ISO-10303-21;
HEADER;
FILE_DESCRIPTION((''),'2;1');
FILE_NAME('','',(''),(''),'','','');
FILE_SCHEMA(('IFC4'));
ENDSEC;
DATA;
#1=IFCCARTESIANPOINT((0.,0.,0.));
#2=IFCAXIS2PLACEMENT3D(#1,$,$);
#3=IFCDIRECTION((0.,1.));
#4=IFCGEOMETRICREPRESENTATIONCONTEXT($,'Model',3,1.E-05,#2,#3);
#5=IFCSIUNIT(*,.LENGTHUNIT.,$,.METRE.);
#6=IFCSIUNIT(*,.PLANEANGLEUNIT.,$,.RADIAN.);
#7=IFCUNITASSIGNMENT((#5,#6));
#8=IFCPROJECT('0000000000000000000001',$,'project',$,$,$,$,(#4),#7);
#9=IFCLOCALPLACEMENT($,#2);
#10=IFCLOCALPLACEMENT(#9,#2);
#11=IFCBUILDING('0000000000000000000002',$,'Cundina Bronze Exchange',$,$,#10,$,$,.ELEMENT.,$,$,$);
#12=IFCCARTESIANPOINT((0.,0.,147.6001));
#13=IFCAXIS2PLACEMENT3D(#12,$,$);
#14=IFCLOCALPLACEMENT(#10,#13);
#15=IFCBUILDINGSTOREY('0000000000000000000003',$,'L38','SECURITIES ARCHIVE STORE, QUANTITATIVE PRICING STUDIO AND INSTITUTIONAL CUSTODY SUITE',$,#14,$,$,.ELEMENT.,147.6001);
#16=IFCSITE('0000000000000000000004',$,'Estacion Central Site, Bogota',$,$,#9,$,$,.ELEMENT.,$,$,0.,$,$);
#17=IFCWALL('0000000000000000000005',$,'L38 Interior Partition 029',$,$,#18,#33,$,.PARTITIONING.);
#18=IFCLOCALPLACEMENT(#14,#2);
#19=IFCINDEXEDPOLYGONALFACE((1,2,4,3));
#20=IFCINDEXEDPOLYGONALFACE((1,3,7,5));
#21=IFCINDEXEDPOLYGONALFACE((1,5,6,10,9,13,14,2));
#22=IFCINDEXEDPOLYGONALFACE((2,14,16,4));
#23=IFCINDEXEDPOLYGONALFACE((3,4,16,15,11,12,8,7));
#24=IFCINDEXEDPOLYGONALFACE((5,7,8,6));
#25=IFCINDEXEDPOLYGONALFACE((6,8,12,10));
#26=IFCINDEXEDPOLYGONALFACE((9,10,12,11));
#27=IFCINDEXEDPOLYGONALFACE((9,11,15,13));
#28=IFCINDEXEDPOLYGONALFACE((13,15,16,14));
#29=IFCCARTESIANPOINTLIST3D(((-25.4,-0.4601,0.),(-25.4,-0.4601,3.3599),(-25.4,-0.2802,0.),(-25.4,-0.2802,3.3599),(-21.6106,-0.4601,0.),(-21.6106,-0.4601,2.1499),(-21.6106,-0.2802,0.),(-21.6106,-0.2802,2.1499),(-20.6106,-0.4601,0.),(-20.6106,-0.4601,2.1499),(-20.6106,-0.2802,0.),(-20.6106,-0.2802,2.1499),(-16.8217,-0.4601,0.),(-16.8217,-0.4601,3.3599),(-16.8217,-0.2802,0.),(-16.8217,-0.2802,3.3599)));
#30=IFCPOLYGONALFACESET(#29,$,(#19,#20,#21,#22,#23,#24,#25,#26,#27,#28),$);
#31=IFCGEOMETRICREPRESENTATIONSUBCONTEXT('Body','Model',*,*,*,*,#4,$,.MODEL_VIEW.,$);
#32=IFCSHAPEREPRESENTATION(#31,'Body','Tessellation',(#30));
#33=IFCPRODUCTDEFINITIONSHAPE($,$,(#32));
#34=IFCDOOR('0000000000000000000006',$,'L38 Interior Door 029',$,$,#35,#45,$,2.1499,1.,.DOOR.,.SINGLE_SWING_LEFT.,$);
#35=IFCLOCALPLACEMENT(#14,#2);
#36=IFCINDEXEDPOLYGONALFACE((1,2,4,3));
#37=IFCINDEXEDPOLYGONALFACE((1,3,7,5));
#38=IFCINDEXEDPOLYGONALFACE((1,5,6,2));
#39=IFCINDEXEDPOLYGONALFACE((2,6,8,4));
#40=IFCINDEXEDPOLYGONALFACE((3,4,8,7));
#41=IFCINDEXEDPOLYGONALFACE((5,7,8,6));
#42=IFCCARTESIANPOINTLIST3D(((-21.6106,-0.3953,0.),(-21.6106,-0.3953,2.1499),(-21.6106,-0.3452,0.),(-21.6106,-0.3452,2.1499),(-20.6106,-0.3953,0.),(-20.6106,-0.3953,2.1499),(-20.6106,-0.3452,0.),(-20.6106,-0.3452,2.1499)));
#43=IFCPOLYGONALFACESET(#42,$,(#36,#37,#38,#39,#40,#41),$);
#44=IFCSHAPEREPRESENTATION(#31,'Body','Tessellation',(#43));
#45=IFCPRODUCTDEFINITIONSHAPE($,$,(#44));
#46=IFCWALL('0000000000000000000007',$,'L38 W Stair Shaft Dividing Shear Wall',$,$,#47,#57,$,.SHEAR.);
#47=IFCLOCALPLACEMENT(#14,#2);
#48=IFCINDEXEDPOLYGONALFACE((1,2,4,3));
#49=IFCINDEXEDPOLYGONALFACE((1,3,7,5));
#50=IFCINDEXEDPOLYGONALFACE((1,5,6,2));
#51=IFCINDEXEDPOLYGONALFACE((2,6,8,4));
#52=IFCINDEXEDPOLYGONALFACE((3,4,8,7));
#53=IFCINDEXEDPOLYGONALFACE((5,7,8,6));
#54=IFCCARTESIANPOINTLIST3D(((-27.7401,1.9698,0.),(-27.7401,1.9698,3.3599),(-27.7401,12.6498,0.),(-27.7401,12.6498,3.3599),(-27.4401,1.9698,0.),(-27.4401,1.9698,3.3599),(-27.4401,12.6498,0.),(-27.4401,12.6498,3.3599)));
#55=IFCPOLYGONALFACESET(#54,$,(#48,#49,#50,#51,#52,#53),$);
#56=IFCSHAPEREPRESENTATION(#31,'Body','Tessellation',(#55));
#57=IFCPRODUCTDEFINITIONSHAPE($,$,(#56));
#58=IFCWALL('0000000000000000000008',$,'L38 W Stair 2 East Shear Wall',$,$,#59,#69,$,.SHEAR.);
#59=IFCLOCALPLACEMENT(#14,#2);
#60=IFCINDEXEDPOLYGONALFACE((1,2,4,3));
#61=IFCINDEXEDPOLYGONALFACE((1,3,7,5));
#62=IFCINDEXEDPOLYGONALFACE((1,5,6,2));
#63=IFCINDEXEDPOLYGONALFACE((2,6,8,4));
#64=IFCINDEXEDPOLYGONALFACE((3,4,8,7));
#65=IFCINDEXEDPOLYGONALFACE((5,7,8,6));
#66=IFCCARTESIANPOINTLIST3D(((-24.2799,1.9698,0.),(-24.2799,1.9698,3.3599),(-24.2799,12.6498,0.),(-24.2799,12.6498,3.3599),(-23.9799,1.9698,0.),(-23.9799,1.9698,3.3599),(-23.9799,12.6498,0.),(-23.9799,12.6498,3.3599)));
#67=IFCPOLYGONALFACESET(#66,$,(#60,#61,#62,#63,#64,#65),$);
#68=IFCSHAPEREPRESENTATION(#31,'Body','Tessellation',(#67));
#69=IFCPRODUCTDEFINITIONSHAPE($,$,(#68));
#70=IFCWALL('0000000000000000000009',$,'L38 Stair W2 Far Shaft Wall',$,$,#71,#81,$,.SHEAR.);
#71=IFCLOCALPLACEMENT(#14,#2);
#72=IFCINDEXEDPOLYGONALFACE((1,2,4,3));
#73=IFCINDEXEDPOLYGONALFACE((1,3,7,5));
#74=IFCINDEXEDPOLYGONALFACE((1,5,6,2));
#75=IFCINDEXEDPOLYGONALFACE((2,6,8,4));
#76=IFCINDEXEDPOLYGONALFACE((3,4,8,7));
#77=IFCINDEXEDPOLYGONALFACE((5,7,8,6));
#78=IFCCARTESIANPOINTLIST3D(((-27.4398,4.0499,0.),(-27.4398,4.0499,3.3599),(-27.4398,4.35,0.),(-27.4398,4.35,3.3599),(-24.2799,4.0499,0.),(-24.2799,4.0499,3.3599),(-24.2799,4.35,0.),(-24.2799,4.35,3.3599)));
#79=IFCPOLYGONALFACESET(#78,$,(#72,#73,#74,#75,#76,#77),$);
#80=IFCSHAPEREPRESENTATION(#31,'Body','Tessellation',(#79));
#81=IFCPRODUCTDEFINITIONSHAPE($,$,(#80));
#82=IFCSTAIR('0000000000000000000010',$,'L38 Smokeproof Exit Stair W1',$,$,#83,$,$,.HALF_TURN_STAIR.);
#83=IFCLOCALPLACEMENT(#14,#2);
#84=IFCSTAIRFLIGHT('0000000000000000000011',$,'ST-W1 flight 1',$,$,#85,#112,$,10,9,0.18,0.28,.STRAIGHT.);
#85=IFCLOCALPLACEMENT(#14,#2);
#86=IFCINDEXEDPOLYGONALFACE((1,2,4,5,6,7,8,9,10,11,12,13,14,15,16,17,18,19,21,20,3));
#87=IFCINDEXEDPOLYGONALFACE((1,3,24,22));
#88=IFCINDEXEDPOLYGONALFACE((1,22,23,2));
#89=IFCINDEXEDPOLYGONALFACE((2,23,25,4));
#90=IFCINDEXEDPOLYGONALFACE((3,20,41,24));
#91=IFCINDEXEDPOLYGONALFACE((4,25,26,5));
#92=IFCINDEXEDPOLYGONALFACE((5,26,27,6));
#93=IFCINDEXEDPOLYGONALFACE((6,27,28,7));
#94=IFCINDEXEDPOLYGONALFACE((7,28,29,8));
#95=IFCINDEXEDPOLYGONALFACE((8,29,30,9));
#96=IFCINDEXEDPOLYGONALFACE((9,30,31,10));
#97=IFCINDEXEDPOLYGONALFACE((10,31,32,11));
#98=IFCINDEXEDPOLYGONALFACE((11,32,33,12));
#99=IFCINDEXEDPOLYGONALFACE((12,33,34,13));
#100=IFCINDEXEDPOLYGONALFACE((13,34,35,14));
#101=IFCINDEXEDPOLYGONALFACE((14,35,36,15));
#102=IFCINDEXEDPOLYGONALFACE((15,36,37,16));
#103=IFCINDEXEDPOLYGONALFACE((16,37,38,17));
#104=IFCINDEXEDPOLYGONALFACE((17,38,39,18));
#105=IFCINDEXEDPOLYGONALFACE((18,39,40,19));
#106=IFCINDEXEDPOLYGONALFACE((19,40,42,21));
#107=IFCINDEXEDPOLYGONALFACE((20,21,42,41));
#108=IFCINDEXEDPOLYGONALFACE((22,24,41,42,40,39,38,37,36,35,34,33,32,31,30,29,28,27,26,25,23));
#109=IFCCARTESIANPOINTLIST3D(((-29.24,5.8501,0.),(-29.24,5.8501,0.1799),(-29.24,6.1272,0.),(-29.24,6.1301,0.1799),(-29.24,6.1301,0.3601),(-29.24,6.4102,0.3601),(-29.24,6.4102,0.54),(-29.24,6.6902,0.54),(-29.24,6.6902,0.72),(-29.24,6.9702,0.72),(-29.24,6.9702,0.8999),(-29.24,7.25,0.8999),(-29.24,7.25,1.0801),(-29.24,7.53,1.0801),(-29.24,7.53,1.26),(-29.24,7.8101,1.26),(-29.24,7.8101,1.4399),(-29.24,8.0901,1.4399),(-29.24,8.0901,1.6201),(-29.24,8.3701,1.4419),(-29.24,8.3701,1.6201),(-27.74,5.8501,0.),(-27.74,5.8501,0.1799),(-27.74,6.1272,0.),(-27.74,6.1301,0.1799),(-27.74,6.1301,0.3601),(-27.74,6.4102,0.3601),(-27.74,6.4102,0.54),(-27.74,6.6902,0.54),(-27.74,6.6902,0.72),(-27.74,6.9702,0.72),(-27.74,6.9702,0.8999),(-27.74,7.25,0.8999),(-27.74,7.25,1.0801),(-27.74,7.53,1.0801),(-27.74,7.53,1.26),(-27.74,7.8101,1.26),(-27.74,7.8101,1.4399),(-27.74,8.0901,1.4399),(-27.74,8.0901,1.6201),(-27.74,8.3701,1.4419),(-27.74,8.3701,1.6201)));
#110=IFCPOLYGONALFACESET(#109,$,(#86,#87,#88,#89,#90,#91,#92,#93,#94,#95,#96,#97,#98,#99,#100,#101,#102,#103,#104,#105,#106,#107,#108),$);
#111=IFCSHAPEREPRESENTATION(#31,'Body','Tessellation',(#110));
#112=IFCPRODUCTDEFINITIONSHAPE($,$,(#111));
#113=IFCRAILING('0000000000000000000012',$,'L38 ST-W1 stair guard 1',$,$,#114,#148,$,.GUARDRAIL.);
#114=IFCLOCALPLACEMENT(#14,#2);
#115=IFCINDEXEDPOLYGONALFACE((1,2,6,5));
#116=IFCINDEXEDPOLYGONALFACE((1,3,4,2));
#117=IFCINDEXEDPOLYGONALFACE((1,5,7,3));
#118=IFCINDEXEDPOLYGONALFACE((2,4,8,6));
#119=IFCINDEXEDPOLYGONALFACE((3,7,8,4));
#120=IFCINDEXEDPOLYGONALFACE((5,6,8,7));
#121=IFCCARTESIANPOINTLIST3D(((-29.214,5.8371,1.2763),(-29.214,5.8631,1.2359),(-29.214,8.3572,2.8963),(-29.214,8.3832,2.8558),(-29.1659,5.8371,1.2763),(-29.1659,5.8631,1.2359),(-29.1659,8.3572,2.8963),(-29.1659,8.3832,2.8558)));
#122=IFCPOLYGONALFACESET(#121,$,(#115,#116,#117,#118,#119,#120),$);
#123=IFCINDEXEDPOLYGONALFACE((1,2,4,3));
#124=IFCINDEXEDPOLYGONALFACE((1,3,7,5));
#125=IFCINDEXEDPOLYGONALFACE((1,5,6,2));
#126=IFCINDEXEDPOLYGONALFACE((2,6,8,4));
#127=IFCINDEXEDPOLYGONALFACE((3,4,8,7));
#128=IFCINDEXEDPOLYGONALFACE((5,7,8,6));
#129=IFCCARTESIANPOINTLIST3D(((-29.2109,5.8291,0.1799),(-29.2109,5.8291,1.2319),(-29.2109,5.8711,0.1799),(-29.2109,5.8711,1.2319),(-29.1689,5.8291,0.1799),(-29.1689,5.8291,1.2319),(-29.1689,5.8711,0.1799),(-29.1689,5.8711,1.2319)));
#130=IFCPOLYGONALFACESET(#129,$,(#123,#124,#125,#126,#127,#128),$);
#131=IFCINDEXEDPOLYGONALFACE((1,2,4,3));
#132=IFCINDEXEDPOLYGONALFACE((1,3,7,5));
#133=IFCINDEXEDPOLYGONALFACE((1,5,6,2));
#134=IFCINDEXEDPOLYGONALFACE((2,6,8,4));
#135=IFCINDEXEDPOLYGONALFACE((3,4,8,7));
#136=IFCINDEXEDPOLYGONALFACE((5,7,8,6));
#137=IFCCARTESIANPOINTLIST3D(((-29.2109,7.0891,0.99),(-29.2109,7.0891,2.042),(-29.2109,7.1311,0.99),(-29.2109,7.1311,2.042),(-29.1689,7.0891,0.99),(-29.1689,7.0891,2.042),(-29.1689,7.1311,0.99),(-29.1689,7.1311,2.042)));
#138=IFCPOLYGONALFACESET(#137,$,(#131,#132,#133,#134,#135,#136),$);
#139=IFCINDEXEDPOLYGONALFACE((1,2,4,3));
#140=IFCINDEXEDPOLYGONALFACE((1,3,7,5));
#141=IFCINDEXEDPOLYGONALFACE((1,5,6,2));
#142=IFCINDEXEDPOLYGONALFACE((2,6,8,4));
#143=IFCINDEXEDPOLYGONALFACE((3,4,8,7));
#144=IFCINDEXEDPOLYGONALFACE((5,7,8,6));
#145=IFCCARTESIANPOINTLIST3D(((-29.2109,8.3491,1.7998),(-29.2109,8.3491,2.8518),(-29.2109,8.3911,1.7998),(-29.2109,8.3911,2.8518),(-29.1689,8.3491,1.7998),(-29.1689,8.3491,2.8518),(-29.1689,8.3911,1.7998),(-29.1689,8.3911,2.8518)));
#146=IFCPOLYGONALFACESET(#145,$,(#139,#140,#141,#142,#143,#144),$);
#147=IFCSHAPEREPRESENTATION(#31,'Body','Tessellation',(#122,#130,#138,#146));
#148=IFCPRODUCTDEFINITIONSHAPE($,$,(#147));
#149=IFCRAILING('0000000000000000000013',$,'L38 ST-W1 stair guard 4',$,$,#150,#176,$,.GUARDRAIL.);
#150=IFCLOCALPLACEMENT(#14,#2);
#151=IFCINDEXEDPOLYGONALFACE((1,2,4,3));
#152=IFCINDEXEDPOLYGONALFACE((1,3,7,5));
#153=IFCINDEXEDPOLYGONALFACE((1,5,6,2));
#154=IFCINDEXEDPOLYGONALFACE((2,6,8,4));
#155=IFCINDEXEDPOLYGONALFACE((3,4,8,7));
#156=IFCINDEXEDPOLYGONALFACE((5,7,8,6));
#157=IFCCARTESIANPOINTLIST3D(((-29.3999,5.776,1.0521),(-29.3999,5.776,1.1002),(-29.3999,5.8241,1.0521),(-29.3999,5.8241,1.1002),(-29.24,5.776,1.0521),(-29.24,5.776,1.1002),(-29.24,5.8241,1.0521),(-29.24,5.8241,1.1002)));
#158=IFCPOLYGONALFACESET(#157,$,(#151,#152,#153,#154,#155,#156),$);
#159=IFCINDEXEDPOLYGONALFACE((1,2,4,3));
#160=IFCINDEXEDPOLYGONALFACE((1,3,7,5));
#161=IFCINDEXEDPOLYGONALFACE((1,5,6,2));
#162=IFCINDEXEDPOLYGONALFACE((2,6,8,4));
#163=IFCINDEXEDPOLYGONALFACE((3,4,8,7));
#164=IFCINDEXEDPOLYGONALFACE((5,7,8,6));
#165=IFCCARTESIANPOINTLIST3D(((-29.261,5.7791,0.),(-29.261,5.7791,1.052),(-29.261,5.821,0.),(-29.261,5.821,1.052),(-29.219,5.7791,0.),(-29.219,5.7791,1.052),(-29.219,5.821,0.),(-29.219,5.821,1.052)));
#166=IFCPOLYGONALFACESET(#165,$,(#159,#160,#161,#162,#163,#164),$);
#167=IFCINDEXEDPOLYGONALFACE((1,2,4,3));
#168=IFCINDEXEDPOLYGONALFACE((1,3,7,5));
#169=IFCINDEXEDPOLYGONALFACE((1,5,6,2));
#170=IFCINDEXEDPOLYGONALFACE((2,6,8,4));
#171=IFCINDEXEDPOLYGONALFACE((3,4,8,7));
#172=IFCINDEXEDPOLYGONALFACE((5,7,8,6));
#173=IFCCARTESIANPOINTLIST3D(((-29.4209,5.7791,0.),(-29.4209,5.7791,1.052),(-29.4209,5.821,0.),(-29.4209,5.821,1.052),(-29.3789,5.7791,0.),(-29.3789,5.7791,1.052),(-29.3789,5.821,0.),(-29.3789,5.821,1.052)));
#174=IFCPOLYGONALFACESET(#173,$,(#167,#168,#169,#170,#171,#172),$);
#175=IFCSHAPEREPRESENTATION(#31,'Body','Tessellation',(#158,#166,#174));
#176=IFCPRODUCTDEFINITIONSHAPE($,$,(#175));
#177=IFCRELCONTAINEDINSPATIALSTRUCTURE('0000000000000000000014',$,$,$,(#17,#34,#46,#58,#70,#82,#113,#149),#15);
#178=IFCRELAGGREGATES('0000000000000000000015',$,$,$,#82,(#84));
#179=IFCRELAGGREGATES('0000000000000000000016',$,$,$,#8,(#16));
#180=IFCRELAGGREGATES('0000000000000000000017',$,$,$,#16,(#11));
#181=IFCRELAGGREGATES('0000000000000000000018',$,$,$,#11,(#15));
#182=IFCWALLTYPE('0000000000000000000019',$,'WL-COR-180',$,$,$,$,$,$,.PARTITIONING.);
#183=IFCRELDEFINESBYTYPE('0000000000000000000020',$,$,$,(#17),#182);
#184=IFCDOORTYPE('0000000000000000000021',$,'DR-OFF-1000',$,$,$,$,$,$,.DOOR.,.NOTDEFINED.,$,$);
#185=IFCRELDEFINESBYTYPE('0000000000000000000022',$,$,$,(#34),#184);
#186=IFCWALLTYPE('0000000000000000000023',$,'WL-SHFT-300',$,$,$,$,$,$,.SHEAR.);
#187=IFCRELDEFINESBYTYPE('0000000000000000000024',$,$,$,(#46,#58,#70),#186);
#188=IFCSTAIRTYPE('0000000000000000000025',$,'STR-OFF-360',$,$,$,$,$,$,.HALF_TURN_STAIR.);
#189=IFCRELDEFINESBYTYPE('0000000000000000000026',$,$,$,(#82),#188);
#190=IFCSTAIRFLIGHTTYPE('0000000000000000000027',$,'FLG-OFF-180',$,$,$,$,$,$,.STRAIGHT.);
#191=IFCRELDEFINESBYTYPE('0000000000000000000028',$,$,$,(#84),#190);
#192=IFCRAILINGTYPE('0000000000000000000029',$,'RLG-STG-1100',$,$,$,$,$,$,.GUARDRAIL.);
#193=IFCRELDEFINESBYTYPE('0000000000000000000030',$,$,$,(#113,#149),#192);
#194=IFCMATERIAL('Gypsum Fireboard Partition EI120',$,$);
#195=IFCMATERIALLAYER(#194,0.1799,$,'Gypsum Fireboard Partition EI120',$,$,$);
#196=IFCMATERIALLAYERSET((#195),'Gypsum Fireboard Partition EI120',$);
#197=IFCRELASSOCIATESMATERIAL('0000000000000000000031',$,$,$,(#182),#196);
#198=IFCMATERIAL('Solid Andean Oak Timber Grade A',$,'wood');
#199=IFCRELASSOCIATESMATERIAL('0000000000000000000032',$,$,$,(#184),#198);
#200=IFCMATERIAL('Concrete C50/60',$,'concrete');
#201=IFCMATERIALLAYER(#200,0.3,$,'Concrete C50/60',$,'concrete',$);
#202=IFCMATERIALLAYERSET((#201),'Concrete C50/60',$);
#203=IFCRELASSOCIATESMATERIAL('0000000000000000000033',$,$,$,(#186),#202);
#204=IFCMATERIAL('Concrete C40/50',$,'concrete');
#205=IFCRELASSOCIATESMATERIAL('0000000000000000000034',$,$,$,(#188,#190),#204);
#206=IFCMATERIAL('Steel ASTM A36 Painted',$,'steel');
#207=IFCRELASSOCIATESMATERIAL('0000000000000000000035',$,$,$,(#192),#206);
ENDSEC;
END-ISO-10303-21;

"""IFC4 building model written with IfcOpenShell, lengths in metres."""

from ifc_helpers import new_model, si_unit, direction, frame, frame_2d, origin, origin_2d, place, context, subcontext, project, spatial, polyline, rectangle, outline, extrude, material, layer, layer_set, type_object, element, fill, aggregate, save


model = new_model("IFC4")

# Units and contexts
model_context = context("Model", 3, precision=1e-05, world=origin(), true_north=direction((0.0, 1.0)))
body_context = subcontext(model_context, "Body", "Model", "MODEL_VIEW")
ifc_project = project(units=[si_unit("LENGTHUNIT", "METRE"), si_unit("PLANEANGLEUNIT", "RADIAN")], contexts=[model_context])

# Site, building, storey
site_placement = place(None, origin())
site = spatial("IfcSite", under=ifc_project, at=site_placement, Name="Estacion Central Site, Bogota", CompositionType="ELEMENT", RefElevation=0.0)
building_placement = place(site_placement, origin())
building = spatial("IfcBuilding", under=site, at=building_placement, Name="Cundina Bronze Exchange", CompositionType="ELEMENT")
storey_placement = place(building_placement, frame((0.0, 0.0, 147.6001)))
storey = spatial("IfcBuildingStorey", under=building, at=storey_placement, Name="L38", Description="SECURITIES ARCHIVE STORE, QUANTITATIVE PRICING STUDIO AND INSTITUTIONAL CUSTODY SUITE", CompositionType="ELEMENT", Elevation=147.6001)

# Wall, opening, door
ifc_material_1 = material(Name="Gypsum Fireboard Partition EI120")
ifc_layer_1 = layer(ifc_material_1, 0.1799, Name="Gypsum Fireboard Partition EI120")
ifc_layer_set_1 = layer_set([ifc_layer_1], Name="Gypsum Fireboard Partition EI120")
wall_type_1 = type_object("IfcWallType", Name="WL-COR-180", PredefinedType="PARTITIONING", material=ifc_layer_set_1)
ifc_material_2 = material(Name="Steel ASTM A36 Painted", Category="steel")
ifc_material_3 = material(Name="Solid Andean Oak Timber Grade A", Category="wood")
door_type_1 = type_object("IfcDoorType", Name="DR-OFF-1000", OperationType="NOTDEFINED", PredefinedType="DOOR", material=ifc_material_3)
wall_1_placement = place(storey_placement, frame((-25.3999, -0.3701, 0.0), z_axis=(0.0, 0.0, 1.0), x_axis=(1.0, 0.0, 0.0)))
wall_1 = element("IfcWall", 1, at=wall_1_placement, inside=storey, type_object=wall_type_1, Name="L38 Interior Partition 029", PredefinedType="PARTITIONING", context=body_context, shape_type="SweptSolid", body=[
    extrude(rectangle(XDim=8.5784, YDim=0.1799, at=frame_2d((4.2891, 0.0))), origin(), (0.0, 0.0, 1.0), 3.3599),
])
opening_1_placement = place(wall_1_placement, frame((3.7893, 0.0, 0.0)))
opening_1 = element("IfcOpeningElement", 2, at=opening_1_placement, cuts=wall_1, PredefinedType="OPENING", context=body_context, shape_type="SweptSolid", body=[
    extrude(rectangle(XDim=1.0, YDim=2.1499, at=frame_2d((0.5, 1.075))), frame((0.0, 0.0999, 0.0), z_axis=(0.0, -1.0, 0.0), x_axis=(1.0, 0.0, 0.0)), (0.0, 0.0, 1.0), 0.2),
])
door_1_placement = place(opening_1_placement, origin())
door_1 = element("IfcDoor", 3, at=door_1_placement, inside=storey, type_object=door_type_1, Name="L38 Interior Door 029", OperationType="SINGLE_SWING_LEFT", OverallHeight=2.1499, OverallWidth=1.0, PredefinedType="DOOR", context=body_context, shape_type="SweptSolid", body=[
    extrude(rectangle(XDim=1.0, YDim=2.1499, at=frame_2d((0.5, 1.075))), frame((0.0, 0.0249, 0.0), z_axis=(0.0, -1.0, 0.0), x_axis=(1.0, 0.0, 0.0)), (0.0, 0.0, 1.0), 0.05),
])
fill(opening_1, door_1)

# Walls
ifc_material_4 = material(Name="Concrete C50/60", Category="concrete")
ifc_layer_2 = layer(ifc_material_4, 0.3, Name="Concrete C50/60", Category="concrete")
ifc_layer_set_2 = layer_set([ifc_layer_2], Name="Concrete C50/60")
wall_type_2 = type_object("IfcWallType", Name="WL-SHFT-300", PredefinedType="SHEAR", material=ifc_layer_set_2)
for number, where, z_axis, x_axis, name in (
    (4, (-27.5901, 1.97, 0.0), (0.0, 0.0, 1.0), (0.0, 1.0, 0.0), "L38 W Stair Shaft Dividing Shear Wall"),
    (5, (-24.1299, 1.97, 0.0), (0.0, 0.0, 1.0), (0.0, 1.0, 0.0), "L38 W Stair 2 East Shear Wall"),
):
    element("IfcWall", number, at=place(storey_placement, frame(where, z_axis=z_axis, x_axis=x_axis)), inside=storey, type_object=wall_type_2, Name=name, PredefinedType="SHEAR", context=body_context, shape_type="SweptSolid", body=[
        extrude(rectangle(XDim=10.6799, YDim=0.3, at=frame_2d((5.3398, 0.0))), origin(), (0.0, 0.0, 1.0), 3.3599),
    ])
wall_2_placement = place(storey_placement, frame((-27.4399, 4.2, 0.0), z_axis=(0.0, 0.0, 1.0), x_axis=(1.0, 0.0, 0.0)))
element("IfcWall", 6, at=wall_2_placement, inside=storey, type_object=wall_type_2, Name="L38 Stair W2 Far Shaft Wall", PredefinedType="SHEAR", context=body_context, shape_type="SweptSolid", body=[
    extrude(rectangle(XDim=3.1599, YDim=0.3, at=frame_2d((1.5801, 0.0))), origin(), (0.0, 0.0, 1.0), 3.3599),
])

# Stair, stair flight
ifc_material_5 = material(Name="Concrete C40/50", Category="concrete")
stair_type = type_object("IfcStairType", Name="STR-OFF-360", PredefinedType="HALF_TURN_STAIR", material=ifc_material_5)
stair_placement = place(storey_placement, origin())
stair = element("IfcStair", 7, at=stair_placement, inside=storey, type_object=stair_type, Name="L38 Smokeproof Exit Stair W1", PredefinedType="HALF_TURN_STAIR")
stair_flight_type = type_object("IfcStairFlightType", Name="FLG-OFF-180", PredefinedType="STRAIGHT", material=ifc_material_5)
stair_flight_placement = place(storey_placement, frame((-28.49, 5.8501, 0.0), z_axis=(0.0, 0.0, 1.0), x_axis=(0.0, 1.0, 0.0)))
stair_flight = element("IfcStairFlight", 8, at=stair_flight_placement, type_object=stair_flight_type, Name="ST-W1 flight 1", NumberOfRisers=10, NumberOfTreads=9, PredefinedType="STRAIGHT", RiserHeight=0.18, TreadLength=0.28, context=body_context, shape_type="SweptSolid", body=[
    extrude(outline(polyline([(0.0, 0.0), (0.0, 0.1799), (0.28, 0.1799), (0.28, 0.3601), (0.5601, 0.3601), (0.5601, 0.54), (0.8401, 0.54), (0.8401, 0.72), (1.1201, 0.72), (1.1201, 0.8999), (1.3999, 0.8999), (1.3999, 1.0801), (1.6799, 1.0801), (1.6799, 1.26), (1.96, 1.26), (1.96, 1.4399), (2.24, 1.4399), (2.24, 1.6201), (2.52, 1.6201), (2.52, 1.8), (2.52, 1.4419), (0.2771, 0.0), (0.0, 0.0)])), frame((0.0, 0.75, 0.0), z_axis=(0.0, -1.0, 0.0), x_axis=(1.0, 0.0, 0.0)), (0.0, 0.0, 1.0), 1.5),
])
aggregate(stair, [stair_flight])

# Railings
railing_type = type_object("IfcRailingType", Name="RLG-STG-1100", PredefinedType="GUARDRAIL", material=ifc_material_2)
railing_1_placement = place(storey_placement, frame((-29.1899, 5.8501, 0.1799)))
element("IfcRailing", 9, at=railing_1_placement, inside=storey, type_object=railing_type, Name="L38 ST-W1 stair guard 1", PredefinedType="GUARDRAIL", context=body_context, shape_type="SweptSolid", body=[
    extrude(rectangle(XDim=0.0481, YDim=0.0481, at=origin_2d()), frame((0.0, 0.0, 1.0762), z_axis=(0.0, 0.8412, 0.540725), x_axis=(-1.0, 0.0, 0.0)), (0.0, 0.0, 1.0), 2.9958),
    extrude(rectangle(XDim=0.042, YDim=0.042, at=origin_2d()), origin(), (0.0, 0.0, 1.0), 1.052),
    extrude(rectangle(XDim=0.042, YDim=0.042, at=origin_2d()), frame((0.0, 1.26, 0.8101)), (0.0, 0.0, 1.0), 1.052),
    extrude(rectangle(XDim=0.042, YDim=0.042, at=origin_2d()), frame((0.0, 2.52, 1.6199)), (0.0, 0.0, 1.0), 1.052),
])
railing_2_placement = place(storey_placement, frame((-29.24, 5.8, 0.0)))
element("IfcRailing", 10, at=railing_2_placement, inside=storey, type_object=railing_type, Name="L38 ST-W1 stair guard 4", PredefinedType="GUARDRAIL", context=body_context, shape_type="SweptSolid", body=[
    extrude(rectangle(XDim=0.0481, YDim=0.0481, at=origin_2d()), frame((0.0, 0.0, 1.0762), z_axis=(-1.0, 0.0, 0.0), x_axis=(0.0, -1.0, 0.0)), (0.0, 0.0, 1.0), 0.1599),
    extrude(rectangle(XDim=0.042, YDim=0.042, at=origin_2d()), origin(), (0.0, 0.0, 1.0), 1.052),
    extrude(rectangle(XDim=0.042, YDim=0.042, at=origin_2d()), frame((-0.1599, 0.0, 0.0)), (0.0, 0.0, 1.0), 1.052),
])

save(model, "model.ifc")
